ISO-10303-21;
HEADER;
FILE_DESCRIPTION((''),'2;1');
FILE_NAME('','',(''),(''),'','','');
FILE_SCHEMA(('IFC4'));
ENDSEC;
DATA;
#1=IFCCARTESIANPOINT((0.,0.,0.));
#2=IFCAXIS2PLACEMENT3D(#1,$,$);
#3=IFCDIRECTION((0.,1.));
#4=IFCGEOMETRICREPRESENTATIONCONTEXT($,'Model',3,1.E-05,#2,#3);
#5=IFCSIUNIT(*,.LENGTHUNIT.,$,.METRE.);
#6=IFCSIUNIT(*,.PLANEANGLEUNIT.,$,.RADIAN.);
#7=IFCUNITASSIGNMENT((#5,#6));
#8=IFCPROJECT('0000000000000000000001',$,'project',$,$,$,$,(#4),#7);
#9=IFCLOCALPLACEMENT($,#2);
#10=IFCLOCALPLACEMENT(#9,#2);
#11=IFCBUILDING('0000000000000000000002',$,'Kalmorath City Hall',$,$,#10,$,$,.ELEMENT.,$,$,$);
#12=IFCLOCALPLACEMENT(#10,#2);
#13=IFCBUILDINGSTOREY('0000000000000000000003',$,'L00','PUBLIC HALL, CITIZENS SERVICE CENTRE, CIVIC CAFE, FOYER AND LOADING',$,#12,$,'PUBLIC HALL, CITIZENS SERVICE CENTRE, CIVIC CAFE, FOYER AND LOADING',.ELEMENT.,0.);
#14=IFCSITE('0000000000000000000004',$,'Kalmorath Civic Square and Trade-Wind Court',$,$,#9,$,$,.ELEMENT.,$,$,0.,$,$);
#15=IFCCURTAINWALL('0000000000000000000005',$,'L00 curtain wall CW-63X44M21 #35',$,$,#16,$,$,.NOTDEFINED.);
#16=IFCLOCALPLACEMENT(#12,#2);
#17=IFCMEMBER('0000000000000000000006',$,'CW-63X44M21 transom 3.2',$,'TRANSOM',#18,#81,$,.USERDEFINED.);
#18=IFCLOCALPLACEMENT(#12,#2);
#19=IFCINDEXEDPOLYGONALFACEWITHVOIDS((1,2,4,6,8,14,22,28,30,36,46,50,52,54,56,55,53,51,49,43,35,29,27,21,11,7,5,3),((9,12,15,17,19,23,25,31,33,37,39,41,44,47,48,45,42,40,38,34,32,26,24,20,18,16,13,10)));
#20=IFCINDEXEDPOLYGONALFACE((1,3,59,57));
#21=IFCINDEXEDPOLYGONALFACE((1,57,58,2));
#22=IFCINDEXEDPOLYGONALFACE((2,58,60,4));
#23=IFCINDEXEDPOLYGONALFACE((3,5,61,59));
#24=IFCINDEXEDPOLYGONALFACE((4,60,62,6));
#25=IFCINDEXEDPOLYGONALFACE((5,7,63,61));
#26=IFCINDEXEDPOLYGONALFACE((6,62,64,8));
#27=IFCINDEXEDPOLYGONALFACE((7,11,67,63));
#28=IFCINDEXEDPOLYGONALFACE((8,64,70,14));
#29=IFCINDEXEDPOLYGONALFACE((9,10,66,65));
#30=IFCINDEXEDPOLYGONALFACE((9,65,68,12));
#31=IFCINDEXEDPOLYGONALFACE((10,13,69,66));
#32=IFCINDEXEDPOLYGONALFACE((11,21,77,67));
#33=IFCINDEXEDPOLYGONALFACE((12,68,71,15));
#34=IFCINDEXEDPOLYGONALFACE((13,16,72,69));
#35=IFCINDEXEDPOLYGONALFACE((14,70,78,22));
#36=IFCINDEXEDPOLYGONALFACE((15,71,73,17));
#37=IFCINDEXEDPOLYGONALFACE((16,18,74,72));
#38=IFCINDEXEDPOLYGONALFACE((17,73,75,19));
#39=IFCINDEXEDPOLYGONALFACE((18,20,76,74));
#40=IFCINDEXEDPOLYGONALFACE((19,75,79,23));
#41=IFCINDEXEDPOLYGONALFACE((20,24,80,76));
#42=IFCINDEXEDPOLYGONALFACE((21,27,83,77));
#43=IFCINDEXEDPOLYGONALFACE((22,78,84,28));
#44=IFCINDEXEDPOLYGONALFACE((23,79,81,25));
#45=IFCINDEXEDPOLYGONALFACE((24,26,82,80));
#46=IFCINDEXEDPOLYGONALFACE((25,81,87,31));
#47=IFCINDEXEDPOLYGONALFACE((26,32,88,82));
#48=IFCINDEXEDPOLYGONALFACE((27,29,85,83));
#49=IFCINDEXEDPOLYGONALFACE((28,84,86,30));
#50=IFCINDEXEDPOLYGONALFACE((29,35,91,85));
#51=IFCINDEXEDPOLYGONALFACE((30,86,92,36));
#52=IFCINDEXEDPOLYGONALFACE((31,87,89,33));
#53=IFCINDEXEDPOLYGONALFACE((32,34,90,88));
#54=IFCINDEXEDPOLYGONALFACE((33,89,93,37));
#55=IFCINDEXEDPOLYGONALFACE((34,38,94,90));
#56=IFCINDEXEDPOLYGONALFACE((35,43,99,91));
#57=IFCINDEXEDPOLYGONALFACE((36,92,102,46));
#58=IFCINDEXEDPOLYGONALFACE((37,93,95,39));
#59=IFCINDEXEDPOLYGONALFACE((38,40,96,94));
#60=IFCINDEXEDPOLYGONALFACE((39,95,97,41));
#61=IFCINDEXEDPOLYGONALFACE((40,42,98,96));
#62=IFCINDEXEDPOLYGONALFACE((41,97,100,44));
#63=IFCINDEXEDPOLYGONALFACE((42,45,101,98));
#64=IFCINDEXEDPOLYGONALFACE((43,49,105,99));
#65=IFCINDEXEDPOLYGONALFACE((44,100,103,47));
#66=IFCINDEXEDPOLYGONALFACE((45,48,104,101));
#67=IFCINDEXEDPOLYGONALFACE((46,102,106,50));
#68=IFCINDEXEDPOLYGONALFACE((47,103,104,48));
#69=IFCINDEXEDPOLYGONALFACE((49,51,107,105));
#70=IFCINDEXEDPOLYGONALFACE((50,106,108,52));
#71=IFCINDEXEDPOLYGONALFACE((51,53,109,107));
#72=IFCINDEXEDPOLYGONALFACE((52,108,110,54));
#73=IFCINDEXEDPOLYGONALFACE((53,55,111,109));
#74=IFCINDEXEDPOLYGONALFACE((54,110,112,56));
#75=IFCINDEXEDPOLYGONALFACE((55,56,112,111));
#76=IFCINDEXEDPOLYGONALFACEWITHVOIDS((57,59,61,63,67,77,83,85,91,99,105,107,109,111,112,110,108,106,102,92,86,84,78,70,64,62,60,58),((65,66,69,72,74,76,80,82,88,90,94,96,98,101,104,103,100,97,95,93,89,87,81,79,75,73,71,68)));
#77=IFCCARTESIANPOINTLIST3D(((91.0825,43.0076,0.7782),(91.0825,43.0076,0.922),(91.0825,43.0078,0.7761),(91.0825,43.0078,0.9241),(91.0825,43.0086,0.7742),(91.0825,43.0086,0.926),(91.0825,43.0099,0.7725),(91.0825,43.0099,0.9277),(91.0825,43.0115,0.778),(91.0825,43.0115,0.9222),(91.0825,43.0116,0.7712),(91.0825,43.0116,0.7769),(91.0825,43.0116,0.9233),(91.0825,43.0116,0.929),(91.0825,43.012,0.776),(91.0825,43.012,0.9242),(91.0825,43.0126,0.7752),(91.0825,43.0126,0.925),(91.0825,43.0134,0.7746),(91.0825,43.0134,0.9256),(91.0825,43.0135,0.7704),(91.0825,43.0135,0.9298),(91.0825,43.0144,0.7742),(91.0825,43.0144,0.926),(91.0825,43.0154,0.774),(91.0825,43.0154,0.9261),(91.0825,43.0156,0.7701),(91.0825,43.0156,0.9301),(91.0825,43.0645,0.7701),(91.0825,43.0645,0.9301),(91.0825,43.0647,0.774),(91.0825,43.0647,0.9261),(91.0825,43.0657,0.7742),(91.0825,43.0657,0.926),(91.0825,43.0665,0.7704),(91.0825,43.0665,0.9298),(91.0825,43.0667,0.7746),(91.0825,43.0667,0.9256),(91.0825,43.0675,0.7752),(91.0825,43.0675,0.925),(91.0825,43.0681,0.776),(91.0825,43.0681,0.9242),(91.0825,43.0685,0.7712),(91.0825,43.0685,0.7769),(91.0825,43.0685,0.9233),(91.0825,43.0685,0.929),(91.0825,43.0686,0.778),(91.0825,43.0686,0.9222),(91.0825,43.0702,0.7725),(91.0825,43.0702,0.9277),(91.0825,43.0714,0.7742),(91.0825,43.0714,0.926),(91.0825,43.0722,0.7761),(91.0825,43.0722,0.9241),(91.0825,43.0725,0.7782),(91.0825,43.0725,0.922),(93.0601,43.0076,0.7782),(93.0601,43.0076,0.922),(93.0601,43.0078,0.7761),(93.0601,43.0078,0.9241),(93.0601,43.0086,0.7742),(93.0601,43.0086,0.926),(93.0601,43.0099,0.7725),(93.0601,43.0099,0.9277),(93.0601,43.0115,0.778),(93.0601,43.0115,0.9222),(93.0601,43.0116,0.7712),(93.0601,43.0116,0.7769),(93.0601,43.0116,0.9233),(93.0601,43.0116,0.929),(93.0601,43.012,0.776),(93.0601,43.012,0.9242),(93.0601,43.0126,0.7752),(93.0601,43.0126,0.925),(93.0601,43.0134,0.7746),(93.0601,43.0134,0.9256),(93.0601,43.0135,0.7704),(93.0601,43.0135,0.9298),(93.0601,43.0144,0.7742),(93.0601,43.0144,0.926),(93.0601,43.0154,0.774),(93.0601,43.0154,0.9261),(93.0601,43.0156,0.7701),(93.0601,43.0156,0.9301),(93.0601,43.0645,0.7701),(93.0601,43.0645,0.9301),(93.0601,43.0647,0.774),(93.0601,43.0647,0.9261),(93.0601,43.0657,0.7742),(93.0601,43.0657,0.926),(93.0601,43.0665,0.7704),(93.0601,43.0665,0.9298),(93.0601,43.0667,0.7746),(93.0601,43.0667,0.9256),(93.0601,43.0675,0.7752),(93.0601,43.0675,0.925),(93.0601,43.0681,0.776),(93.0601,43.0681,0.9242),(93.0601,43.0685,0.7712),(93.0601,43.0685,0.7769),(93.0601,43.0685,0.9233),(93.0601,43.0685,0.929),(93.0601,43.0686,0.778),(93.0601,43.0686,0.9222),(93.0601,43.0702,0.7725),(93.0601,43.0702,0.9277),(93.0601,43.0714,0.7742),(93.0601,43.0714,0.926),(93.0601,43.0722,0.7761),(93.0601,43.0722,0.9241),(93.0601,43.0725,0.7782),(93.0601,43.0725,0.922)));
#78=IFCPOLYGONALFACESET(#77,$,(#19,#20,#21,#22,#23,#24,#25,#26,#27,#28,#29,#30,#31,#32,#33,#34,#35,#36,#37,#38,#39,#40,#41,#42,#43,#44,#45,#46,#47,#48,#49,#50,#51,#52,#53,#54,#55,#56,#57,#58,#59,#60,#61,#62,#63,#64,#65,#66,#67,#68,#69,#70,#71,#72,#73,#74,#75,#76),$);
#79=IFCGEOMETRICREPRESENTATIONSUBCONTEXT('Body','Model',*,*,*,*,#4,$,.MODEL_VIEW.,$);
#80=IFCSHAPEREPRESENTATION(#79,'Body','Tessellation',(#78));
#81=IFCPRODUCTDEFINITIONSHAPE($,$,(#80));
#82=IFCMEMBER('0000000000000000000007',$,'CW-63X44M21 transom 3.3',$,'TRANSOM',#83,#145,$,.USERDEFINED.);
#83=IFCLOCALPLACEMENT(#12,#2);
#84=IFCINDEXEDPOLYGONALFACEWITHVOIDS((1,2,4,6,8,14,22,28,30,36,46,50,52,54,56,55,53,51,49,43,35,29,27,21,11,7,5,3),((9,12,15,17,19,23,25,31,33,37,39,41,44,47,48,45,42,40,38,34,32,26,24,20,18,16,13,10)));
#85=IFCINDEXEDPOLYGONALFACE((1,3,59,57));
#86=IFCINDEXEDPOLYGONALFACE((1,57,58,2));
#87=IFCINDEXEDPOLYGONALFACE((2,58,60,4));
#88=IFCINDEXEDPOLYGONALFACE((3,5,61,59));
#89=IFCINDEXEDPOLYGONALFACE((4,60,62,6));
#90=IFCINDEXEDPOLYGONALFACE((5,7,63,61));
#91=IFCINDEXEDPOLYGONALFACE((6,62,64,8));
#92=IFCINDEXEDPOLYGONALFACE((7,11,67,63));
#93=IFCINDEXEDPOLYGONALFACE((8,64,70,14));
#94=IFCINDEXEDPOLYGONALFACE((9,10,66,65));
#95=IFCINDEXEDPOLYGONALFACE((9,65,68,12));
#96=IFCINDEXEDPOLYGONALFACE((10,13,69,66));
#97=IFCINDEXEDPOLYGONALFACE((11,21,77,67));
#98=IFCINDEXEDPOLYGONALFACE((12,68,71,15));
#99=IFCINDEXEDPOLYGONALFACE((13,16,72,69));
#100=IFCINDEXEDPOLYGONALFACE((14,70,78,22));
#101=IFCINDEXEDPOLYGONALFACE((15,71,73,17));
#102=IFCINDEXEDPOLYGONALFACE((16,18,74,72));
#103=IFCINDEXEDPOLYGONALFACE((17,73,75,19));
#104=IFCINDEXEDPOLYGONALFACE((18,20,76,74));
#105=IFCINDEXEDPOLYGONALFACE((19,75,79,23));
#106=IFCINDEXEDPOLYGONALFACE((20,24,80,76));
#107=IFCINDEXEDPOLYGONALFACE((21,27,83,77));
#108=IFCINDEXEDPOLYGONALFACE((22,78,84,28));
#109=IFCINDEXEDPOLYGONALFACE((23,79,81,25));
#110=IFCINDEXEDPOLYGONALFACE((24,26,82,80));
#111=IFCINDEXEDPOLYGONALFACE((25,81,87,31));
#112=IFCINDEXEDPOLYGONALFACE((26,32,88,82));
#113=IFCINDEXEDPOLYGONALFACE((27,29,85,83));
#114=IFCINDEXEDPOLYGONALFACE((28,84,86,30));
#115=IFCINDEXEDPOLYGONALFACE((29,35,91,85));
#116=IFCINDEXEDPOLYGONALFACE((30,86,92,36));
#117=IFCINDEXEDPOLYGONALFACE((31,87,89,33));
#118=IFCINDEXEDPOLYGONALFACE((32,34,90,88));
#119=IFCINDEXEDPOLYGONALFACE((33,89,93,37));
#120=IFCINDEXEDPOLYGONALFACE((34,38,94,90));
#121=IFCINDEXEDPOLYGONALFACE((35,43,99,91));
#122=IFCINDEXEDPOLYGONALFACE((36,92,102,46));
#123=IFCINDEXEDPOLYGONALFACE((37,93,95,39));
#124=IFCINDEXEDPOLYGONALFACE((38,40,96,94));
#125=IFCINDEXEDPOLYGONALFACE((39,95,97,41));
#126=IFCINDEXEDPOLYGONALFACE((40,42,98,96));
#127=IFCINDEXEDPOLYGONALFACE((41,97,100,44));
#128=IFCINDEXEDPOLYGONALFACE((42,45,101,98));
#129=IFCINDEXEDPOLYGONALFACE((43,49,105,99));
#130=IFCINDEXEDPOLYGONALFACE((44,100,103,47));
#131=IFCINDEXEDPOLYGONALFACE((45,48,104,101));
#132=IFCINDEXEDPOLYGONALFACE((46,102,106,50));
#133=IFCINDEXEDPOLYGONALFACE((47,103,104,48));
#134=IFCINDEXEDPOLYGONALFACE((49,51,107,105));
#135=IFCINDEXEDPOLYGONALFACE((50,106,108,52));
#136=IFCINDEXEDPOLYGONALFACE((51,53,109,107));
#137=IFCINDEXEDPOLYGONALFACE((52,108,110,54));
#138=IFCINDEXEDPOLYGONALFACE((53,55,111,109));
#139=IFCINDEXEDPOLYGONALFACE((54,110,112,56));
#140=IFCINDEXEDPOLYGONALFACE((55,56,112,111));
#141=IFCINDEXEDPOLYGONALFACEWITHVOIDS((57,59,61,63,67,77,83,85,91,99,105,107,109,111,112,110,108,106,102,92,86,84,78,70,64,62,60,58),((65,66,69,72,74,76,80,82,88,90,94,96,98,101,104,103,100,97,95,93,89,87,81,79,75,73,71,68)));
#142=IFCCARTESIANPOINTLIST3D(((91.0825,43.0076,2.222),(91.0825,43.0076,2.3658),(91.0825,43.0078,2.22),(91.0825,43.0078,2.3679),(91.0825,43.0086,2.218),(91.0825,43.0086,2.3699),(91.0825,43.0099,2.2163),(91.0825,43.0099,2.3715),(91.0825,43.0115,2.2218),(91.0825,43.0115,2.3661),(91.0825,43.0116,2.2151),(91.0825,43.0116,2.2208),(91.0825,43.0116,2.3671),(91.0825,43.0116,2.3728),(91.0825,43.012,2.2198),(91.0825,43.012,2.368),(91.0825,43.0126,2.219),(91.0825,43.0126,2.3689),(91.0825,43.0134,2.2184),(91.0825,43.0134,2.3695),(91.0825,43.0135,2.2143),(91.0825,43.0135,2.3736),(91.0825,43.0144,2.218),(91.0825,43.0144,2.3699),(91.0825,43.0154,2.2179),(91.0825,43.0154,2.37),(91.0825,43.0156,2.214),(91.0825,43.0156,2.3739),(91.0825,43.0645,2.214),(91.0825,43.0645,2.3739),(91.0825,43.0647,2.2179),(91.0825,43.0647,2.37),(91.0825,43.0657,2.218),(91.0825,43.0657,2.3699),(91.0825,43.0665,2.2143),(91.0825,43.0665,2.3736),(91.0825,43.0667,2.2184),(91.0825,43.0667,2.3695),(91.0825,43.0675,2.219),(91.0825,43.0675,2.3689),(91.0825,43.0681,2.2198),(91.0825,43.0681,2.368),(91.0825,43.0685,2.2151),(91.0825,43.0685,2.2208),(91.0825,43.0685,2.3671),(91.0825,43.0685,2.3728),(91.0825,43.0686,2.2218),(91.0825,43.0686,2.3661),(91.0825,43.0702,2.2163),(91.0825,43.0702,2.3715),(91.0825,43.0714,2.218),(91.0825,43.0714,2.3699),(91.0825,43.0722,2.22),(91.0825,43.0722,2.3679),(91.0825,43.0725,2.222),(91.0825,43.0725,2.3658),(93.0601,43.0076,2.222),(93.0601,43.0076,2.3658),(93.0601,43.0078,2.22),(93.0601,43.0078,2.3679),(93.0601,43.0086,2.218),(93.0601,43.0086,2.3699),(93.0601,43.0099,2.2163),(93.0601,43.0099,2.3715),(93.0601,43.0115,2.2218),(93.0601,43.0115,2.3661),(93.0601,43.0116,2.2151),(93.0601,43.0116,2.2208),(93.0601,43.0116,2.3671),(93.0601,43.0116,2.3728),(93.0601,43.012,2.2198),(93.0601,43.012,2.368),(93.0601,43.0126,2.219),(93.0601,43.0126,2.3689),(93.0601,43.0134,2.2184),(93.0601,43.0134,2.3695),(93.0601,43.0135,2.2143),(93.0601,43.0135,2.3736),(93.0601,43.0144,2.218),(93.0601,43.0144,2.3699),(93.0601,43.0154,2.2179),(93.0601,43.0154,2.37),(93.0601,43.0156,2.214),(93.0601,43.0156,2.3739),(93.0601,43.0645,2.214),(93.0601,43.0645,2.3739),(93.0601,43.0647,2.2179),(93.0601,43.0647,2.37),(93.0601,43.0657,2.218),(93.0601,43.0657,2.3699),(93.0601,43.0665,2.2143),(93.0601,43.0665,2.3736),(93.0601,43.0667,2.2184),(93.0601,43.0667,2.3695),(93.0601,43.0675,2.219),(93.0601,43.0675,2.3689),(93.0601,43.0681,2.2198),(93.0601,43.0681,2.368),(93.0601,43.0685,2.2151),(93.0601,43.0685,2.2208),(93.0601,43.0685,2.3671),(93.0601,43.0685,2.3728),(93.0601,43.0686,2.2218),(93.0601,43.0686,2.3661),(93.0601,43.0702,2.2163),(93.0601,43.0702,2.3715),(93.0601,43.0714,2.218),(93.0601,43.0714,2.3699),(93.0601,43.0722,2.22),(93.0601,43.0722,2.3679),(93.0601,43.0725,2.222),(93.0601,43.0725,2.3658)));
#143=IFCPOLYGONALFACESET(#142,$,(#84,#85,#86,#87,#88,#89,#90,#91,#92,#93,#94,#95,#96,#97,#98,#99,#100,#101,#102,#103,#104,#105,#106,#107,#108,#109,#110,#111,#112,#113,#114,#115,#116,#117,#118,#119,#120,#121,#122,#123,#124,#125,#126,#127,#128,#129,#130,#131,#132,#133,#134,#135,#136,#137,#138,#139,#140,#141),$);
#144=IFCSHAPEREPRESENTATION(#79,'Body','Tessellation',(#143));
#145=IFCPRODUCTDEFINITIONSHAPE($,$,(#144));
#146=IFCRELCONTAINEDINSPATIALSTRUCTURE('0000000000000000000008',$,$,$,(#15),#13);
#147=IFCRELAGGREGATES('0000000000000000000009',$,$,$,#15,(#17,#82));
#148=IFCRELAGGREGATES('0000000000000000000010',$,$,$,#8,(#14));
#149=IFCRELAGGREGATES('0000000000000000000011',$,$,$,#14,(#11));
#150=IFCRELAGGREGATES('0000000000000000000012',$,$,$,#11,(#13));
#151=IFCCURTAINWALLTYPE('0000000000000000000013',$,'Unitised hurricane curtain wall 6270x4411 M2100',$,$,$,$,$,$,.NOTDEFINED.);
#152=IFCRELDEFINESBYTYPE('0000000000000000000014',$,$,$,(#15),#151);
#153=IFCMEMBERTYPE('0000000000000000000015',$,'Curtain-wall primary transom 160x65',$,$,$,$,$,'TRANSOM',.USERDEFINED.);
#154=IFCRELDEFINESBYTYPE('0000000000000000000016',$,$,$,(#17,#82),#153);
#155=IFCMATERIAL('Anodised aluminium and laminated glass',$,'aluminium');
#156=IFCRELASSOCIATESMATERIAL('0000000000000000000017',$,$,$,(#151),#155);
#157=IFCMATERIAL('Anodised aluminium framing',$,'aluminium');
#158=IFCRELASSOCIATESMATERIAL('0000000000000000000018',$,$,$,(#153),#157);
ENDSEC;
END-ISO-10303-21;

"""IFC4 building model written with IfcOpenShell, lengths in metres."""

from ifc_helpers import new_model, si_unit, direction, frame, origin, origin_2d, place, context, subcontext, project, spatial, hollow_rectangle, extrude, material, material_profile, profile_set, type_object, element, aggregate, save


model = new_model("IFC4")

# Units and contexts
model_context = context("Model", 3, precision=1e-05, world=origin(), true_north=direction((0.0, 1.0)))
body_context = subcontext(model_context, "Body", "Model", "MODEL_VIEW")
ifc_project = project(units=[si_unit("LENGTHUNIT", "METRE"), si_unit("PLANEANGLEUNIT", "RADIAN")], contexts=[model_context])

# Site, building, storey
site_placement = place(None, origin())
site = spatial("IfcSite", under=ifc_project, at=site_placement, Name="Kalmorath Civic Square and Trade-Wind Court", CompositionType="ELEMENT", RefElevation=0.0)
building_placement = place(site_placement, origin())
building = spatial("IfcBuilding", under=site, at=building_placement, Name="Kalmorath City Hall", CompositionType="ELEMENT")
storey_placement = place(building_placement, origin())
storey = spatial("IfcBuildingStorey", under=building, at=storey_placement, Name="L00", Description="PUBLIC HALL, CITIZENS SERVICE CENTRE, CIVIC CAFE, FOYER AND LOADING", LongName="PUBLIC HALL, CITIZENS SERVICE CENTRE, CIVIC CAFE, FOYER AND LOADING", CompositionType="ELEMENT", Elevation=0.0)

# Curtain wall
ifc_material_1 = material(Name="Anodised aluminium and laminated glass", Category="aluminium")
curtain_wall_type_1 = type_object("IfcCurtainWallType", Name="Unitised hurricane curtain wall 6270x4411 M2100", PredefinedType="NOTDEFINED", material=ifc_material_1)
curtain_wall_1_placement = place(storey_placement, origin())
curtain_wall_1 = element("IfcCurtainWall", 1, at=curtain_wall_1_placement, inside=storey, type_object=curtain_wall_type_1, Name="L00 curtain wall CW-63X44M21 #35", PredefinedType="NOTDEFINED")

# Members
ifc_material_2 = material(Name="Anodised aluminium framing", Category="aluminium")
ifc_material_profile_1 = material_profile(ifc_material_2, hollow_rectangle(XDim=0.0649, YDim=0.1599, WallThickness=0.0039, InnerFilletRadius=0.0039, OuterFilletRadius=0.0081, at=origin_2d()), Name="ALU-TRN-160X65X4")
ifc_profile_set_1 = profile_set([ifc_material_profile_1], Name="Anodised aluminium framing")
member_type_1 = type_object("IfcMemberType", Name="Curtain-wall primary transom 160x65", ElementType="TRANSOM", PredefinedType="USERDEFINED", material=ifc_profile_set_1)
member_1_placement = place(storey_placement, frame((91.0825, 43.04, 0.8501), z_axis=(1.0, 0.0, 0.0), x_axis=(0.0, 1.0, 0.0)))
member_1 = element("IfcMember", 2, at=member_1_placement, type_object=member_type_1, Name="CW-63X44M21 transom 3.2", ObjectType="TRANSOM", PredefinedType="USERDEFINED", context=body_context, shape_type="SweptSolid", body=[
    extrude(hollow_rectangle(XDim=0.0649, YDim=0.1599, WallThickness=0.0039, InnerFilletRadius=0.0039, OuterFilletRadius=0.0081, at=origin_2d()), origin(), (0.0, 0.0, 1.0), 1.9775),
])
member_2_placement = place(storey_placement, frame((91.0825, 43.04, 2.2939), z_axis=(1.0, 0.0, 0.0), x_axis=(0.0, 1.0, 0.0)))
member_2 = element("IfcMember", 3, at=member_2_placement, type_object=member_type_1, Name="CW-63X44M21 transom 3.3", ObjectType="TRANSOM", PredefinedType="USERDEFINED", context=body_context, shape_type="SweptSolid", body=[
    extrude(hollow_rectangle(XDim=0.0649, YDim=0.1599, WallThickness=0.0039, InnerFilletRadius=0.0039, OuterFilletRadius=0.0081, at=origin_2d()), origin(), (0.0, 0.0, 1.0), 1.9775),
])

aggregate(curtain_wall_1, [member_1, member_2])

save(model, "model.ifc")
